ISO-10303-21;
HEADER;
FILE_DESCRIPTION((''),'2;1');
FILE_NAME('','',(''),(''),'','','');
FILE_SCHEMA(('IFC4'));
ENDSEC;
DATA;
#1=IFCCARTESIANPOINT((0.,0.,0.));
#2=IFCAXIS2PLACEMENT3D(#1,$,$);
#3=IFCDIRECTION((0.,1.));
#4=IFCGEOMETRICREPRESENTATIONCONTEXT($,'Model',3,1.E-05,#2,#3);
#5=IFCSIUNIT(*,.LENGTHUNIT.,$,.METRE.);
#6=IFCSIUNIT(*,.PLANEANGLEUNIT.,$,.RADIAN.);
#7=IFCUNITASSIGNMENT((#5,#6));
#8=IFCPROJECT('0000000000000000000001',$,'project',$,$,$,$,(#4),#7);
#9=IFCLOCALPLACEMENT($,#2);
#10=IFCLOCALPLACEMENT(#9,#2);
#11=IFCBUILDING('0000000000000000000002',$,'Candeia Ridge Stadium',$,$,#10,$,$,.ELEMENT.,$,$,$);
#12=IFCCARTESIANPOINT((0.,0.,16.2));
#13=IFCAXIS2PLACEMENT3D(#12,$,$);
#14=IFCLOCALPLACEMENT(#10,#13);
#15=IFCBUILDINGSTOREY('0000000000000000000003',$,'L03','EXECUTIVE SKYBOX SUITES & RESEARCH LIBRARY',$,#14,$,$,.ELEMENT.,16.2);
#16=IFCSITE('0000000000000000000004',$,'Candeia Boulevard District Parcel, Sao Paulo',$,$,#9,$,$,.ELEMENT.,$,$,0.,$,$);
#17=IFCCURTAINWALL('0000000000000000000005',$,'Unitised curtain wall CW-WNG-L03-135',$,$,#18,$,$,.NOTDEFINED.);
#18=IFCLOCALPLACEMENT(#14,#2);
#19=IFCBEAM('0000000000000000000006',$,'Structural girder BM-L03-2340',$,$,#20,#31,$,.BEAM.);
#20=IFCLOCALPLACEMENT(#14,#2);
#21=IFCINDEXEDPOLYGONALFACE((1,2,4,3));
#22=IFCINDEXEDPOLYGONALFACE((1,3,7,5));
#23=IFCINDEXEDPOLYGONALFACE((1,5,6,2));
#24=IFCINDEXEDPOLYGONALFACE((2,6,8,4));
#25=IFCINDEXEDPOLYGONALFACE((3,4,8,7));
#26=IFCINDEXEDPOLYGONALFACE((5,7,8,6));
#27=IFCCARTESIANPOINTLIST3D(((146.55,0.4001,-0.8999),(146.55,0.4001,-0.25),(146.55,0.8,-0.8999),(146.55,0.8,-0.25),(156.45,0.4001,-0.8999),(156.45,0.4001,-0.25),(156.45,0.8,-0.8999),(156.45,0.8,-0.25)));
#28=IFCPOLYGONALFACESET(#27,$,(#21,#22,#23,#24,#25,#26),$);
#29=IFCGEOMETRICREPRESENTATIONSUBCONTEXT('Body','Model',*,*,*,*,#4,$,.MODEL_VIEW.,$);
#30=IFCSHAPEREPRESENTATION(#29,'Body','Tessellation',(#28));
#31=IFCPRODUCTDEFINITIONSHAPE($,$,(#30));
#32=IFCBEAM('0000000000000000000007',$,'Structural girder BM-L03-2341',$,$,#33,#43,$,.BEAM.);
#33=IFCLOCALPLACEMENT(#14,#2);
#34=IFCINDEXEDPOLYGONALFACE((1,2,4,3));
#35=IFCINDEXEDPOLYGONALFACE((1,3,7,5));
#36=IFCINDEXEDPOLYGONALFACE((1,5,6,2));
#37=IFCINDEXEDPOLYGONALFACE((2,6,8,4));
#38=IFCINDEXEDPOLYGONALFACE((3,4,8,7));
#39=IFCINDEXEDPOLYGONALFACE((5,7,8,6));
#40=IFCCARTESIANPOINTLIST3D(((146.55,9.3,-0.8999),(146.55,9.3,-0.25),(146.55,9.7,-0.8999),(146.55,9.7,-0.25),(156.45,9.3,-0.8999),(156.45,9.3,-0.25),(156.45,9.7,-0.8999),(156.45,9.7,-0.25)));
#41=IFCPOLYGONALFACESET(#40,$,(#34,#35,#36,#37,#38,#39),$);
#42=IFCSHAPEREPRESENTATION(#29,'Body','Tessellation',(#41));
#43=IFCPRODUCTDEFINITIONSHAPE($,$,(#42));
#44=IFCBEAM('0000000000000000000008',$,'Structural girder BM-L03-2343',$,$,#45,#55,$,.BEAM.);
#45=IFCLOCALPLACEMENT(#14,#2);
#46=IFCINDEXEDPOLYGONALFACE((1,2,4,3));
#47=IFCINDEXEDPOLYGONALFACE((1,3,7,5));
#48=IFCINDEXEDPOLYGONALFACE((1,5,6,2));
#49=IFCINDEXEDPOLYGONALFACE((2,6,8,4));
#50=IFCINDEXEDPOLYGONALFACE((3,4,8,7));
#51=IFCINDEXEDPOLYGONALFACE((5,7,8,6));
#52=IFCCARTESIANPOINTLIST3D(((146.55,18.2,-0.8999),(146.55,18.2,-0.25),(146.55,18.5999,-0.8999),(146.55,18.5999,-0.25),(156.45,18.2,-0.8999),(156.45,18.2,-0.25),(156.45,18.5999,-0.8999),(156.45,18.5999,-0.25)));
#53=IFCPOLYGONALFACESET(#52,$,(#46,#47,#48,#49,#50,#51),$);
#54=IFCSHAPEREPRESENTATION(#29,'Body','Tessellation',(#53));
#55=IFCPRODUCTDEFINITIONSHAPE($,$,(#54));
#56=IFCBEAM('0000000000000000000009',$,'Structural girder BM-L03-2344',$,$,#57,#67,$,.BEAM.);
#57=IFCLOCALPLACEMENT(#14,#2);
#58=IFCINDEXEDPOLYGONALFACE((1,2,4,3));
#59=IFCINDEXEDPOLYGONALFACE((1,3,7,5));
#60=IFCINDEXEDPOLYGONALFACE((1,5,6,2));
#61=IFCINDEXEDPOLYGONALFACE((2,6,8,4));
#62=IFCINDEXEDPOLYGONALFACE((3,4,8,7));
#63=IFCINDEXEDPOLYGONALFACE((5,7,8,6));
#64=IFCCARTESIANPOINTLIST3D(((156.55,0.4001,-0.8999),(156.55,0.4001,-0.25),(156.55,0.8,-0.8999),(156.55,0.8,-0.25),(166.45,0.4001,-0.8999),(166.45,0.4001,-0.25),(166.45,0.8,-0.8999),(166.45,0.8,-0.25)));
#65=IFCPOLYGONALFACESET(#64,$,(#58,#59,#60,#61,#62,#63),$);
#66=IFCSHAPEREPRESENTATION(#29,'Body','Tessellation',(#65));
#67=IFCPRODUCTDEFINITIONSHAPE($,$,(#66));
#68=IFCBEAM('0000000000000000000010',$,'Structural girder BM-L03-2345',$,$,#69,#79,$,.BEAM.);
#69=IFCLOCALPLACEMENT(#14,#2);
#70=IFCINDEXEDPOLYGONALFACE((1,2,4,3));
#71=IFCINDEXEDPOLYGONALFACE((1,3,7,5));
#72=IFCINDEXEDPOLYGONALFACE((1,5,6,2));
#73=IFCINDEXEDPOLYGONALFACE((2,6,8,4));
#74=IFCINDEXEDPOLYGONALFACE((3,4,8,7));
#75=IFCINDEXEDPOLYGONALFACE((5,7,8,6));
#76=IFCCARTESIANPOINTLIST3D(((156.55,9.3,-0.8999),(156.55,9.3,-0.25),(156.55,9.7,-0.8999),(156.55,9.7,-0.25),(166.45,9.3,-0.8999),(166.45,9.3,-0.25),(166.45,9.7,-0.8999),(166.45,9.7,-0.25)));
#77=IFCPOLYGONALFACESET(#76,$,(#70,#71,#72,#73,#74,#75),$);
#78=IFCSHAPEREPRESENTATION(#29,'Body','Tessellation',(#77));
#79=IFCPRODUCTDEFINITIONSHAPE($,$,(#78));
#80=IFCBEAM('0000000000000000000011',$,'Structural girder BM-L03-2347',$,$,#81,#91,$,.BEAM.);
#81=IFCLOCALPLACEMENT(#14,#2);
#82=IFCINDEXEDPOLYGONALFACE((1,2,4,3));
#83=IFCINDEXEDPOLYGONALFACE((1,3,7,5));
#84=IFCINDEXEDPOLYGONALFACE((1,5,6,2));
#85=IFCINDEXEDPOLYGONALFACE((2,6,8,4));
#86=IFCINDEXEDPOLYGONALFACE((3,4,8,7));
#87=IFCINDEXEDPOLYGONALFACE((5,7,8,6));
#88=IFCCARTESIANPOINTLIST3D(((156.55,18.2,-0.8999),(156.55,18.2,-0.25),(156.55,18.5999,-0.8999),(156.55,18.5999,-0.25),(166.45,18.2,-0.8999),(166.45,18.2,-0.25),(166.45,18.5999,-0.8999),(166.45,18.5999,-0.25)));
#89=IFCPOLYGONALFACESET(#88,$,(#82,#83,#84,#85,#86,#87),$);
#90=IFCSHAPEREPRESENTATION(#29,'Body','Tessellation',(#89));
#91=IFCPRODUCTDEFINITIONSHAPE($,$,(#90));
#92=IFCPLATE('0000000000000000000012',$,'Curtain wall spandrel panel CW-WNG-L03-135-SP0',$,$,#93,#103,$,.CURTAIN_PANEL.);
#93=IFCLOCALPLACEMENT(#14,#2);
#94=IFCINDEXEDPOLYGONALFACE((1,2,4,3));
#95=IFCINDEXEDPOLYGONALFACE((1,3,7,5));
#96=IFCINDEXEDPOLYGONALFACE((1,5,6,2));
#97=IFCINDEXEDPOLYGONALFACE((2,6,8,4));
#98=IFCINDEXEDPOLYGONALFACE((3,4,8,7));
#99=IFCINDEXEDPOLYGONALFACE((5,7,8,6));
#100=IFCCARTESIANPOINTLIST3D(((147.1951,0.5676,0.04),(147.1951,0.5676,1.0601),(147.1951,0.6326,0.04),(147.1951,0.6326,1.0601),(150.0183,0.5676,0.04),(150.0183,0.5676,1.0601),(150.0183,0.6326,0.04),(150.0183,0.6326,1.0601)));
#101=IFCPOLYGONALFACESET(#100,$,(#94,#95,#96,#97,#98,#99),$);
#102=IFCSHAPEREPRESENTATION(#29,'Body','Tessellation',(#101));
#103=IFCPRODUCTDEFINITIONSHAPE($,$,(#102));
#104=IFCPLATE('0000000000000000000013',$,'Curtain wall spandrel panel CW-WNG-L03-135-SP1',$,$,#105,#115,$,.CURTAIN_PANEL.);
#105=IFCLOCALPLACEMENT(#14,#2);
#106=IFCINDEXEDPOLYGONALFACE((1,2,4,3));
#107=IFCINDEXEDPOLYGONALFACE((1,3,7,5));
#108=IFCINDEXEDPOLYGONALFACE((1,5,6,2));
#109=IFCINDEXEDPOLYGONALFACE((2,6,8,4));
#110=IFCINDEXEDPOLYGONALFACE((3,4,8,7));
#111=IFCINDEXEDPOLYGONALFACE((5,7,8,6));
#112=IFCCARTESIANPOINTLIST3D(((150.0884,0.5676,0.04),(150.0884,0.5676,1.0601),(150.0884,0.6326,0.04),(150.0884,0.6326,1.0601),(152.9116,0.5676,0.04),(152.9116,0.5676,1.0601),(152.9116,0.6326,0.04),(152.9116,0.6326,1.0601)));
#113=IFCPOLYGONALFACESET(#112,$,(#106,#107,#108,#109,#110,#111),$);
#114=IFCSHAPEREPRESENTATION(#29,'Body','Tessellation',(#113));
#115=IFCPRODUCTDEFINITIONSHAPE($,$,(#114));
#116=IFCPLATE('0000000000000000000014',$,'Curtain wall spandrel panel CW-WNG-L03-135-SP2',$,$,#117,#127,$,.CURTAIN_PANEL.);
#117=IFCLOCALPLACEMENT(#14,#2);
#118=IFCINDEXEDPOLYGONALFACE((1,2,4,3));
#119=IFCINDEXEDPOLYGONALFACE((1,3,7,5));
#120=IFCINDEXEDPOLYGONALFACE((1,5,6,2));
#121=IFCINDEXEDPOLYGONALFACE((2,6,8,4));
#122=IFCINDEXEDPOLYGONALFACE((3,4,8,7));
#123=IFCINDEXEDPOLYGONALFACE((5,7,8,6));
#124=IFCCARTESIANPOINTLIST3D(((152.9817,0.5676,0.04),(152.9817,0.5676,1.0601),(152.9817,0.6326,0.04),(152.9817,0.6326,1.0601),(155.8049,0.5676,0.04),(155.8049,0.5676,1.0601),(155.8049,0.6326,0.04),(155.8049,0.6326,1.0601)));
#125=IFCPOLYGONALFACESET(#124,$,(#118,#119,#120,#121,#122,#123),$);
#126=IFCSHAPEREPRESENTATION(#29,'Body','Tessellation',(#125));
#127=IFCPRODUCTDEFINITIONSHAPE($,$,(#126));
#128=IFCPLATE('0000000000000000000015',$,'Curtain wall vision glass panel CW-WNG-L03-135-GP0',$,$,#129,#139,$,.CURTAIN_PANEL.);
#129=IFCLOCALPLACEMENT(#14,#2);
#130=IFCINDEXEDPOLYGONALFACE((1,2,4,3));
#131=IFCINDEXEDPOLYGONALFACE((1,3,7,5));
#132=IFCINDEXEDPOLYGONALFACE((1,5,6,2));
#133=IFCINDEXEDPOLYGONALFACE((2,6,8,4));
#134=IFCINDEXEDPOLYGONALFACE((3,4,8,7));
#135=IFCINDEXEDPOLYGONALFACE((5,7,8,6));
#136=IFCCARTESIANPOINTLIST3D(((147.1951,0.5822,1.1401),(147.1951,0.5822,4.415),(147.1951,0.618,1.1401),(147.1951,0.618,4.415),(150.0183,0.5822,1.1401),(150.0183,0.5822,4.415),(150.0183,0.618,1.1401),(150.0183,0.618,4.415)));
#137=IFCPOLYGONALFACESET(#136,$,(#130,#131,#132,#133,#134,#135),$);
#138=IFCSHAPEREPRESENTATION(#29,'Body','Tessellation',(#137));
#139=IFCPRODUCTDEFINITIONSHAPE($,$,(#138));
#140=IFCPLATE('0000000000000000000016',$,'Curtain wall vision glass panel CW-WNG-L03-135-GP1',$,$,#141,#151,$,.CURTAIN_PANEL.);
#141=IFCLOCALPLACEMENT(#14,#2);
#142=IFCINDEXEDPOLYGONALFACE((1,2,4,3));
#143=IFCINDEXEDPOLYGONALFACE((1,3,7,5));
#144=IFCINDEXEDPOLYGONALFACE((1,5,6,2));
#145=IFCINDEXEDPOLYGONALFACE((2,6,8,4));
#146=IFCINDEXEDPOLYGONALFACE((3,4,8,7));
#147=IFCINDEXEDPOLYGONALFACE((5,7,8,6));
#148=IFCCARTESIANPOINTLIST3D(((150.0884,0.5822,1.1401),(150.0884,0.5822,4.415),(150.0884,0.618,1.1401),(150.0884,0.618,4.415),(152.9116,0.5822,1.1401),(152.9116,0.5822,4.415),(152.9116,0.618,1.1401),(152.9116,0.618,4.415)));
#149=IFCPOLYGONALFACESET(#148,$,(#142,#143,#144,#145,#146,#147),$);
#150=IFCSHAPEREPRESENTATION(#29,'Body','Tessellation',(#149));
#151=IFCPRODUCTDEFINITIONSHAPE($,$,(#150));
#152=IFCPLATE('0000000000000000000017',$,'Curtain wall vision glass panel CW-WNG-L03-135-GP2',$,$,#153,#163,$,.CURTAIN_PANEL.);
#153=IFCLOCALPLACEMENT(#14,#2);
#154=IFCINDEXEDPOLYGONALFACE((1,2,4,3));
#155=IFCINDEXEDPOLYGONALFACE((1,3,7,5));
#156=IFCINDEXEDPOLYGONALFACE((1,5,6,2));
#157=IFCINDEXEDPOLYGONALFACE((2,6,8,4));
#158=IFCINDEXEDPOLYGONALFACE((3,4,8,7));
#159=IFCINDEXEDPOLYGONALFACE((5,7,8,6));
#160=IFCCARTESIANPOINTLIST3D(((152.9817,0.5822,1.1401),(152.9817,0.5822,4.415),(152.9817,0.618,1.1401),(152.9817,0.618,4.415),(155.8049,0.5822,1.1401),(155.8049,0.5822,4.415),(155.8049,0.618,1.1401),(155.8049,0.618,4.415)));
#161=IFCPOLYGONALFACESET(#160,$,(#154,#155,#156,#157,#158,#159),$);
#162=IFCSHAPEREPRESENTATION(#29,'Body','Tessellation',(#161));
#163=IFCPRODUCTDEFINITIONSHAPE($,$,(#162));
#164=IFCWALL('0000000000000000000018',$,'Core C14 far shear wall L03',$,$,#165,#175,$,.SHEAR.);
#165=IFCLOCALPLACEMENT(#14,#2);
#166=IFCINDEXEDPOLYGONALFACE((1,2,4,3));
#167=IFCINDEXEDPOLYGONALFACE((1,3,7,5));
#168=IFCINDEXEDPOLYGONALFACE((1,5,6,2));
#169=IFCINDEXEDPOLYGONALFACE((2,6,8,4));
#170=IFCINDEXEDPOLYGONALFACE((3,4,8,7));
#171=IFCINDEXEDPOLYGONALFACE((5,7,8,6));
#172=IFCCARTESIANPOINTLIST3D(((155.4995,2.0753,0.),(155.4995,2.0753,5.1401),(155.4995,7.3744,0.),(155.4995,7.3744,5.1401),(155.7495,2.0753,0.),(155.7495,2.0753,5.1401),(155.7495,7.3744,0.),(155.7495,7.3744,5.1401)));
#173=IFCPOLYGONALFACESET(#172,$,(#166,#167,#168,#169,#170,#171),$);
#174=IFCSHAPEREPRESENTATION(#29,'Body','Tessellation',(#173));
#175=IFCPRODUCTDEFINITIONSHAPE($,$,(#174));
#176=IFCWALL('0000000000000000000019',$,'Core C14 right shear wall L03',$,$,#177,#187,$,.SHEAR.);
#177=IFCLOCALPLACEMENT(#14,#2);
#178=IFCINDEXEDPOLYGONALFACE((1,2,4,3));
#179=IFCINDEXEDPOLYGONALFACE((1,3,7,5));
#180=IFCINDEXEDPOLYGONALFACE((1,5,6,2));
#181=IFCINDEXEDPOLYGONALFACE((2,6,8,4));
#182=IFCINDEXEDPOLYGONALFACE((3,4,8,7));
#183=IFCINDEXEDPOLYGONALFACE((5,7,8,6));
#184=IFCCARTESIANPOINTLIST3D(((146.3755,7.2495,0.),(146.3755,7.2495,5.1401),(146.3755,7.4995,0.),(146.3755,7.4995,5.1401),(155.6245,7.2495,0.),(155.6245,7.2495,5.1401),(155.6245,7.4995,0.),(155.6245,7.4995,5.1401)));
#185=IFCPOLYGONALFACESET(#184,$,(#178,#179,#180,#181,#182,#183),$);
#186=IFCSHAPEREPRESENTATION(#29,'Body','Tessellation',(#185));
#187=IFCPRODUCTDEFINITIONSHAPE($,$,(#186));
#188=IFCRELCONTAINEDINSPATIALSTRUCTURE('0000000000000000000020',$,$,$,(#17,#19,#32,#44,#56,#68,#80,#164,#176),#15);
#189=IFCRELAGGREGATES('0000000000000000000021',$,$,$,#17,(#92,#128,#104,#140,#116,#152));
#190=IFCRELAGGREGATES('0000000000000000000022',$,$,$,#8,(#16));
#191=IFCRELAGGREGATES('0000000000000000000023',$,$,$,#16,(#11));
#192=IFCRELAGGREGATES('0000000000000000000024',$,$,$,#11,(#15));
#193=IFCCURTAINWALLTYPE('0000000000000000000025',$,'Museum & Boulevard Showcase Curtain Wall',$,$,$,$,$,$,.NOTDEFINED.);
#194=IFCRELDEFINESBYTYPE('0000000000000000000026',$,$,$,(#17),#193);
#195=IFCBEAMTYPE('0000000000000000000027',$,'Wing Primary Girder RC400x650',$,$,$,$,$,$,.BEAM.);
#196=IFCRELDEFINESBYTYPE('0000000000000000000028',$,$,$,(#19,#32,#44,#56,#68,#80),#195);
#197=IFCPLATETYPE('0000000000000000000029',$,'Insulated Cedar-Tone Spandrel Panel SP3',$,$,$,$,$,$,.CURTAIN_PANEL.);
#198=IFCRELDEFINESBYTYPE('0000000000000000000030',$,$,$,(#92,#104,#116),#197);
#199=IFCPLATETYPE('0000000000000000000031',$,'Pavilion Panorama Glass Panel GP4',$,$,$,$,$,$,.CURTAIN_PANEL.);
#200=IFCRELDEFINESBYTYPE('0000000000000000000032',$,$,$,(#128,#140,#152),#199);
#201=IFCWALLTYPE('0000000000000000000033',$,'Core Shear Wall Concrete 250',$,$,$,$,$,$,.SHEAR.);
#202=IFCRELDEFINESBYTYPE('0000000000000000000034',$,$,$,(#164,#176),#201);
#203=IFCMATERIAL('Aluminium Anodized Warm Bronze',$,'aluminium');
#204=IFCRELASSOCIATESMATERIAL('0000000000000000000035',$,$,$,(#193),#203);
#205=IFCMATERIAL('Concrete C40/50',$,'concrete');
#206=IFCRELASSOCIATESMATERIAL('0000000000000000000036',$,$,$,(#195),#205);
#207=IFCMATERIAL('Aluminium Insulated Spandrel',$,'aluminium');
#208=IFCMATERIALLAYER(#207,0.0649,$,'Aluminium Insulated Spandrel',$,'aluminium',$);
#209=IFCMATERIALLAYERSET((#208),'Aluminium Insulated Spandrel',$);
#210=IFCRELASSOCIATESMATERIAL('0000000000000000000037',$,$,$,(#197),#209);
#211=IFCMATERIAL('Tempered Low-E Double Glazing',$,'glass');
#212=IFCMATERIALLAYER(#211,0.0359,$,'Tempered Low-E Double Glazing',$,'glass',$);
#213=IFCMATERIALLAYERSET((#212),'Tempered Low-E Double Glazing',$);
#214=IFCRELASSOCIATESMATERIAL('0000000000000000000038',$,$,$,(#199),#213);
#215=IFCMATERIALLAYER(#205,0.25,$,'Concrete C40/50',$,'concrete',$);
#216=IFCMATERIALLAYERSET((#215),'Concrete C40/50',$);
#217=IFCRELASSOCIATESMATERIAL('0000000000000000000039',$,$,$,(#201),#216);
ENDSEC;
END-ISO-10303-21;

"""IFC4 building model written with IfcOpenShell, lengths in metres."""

from ifc_helpers import new_model, si_unit, direction, frame, frame_2d, origin, origin_2d, place, context, subcontext, project, spatial, rectangle, extrude, material, layer, layer_set, material_profile, profile_set, type_object, element, aggregate, save


model = new_model("IFC4")

# Units and contexts
model_context = context("Model", 3, precision=1e-05, world=origin(), true_north=direction((0.0, 1.0)))
body_context = subcontext(model_context, "Body", "Model", "MODEL_VIEW")
ifc_project = project(units=[si_unit("LENGTHUNIT", "METRE"), si_unit("PLANEANGLEUNIT", "RADIAN")], contexts=[model_context])

# Site, building, storey
site_placement = place(None, origin())
site = spatial("IfcSite", under=ifc_project, at=site_placement, Name="Candeia Boulevard District Parcel, Sao Paulo", CompositionType="ELEMENT", RefElevation=0.0)
building_placement = place(site_placement, origin())
building = spatial("IfcBuilding", under=site, at=building_placement, Name="Candeia Ridge Stadium", CompositionType="ELEMENT")
storey_placement = place(building_placement, frame((0.0, 0.0, 16.2)))
storey = spatial("IfcBuildingStorey", under=building, at=storey_placement, Name="L03", Description="EXECUTIVE SKYBOX SUITES & RESEARCH LIBRARY", CompositionType="ELEMENT", Elevation=16.2)

# Shared definitions
ifc_material_1 = material(Name="Concrete C40/50", Category="concrete")

# Curtain wall
ifc_material_2 = material(Name="Aluminium Anodized Warm Bronze", Category="aluminium")
curtain_wall_type = type_object("IfcCurtainWallType", Name="Museum & Boulevard Showcase Curtain Wall", PredefinedType="NOTDEFINED", material=ifc_material_2)
curtain_wall_placement = place(storey_placement, origin())
curtain_wall = element("IfcCurtainWall", 1, at=curtain_wall_placement, inside=storey, type_object=curtain_wall_type, Name="Unitised curtain wall CW-WNG-L03-135", PredefinedType="NOTDEFINED")

# Beams
ifc_material_profile_1 = material_profile(ifc_material_1, rectangle(XDim=0.3999, YDim=0.6499, at=origin_2d()), Name="RC400x650", Category="concrete")
ifc_profile_set_1 = profile_set([ifc_material_profile_1], Name="Concrete C40/50")
beam_type_1 = type_object("IfcBeamType", Name="Wing Primary Girder RC400x650", PredefinedType="BEAM", material=ifc_profile_set_1)
for number, where, z_axis, x_axis, name in (
    (2, (146.55, 0.6001, -0.575), (1.0, 0.0, 0.0), (0.0, 1.0, 0.0), "Structural girder BM-L03-2340"),
    (3, (146.55, 9.5, -0.575), (1.0, 0.0, 0.0), (0.0, 1.0, 0.0), "Structural girder BM-L03-2341"),
    (4, (146.55, 18.3999, -0.575), (1.0, 0.0, 0.0), (0.0, 1.0, 0.0), "Structural girder BM-L03-2343"),
    (5, (156.55, 0.6001, -0.575), (1.0, 0.0, 0.0), (0.0, 1.0, 0.0), "Structural girder BM-L03-2344"),
    (6, (156.55, 9.5, -0.575), (1.0, 0.0, 0.0), (0.0, 1.0, 0.0), "Structural girder BM-L03-2345"),
    (7, (156.55, 18.3999, -0.575), (1.0, 0.0, 0.0), (0.0, 1.0, 0.0), "Structural girder BM-L03-2347"),
):
    element("IfcBeam", number, at=place(storey_placement, frame(where, z_axis=z_axis, x_axis=x_axis)), inside=storey, type_object=beam_type_1, Name=name, PredefinedType="BEAM", context=body_context, shape_type="SweptSolid", body=[
        extrude(rectangle(XDim=0.3999, YDim=0.6499, at=origin_2d()), origin(), (0.0, 0.0, 1.0), 9.8999),
    ])

# Plates
ifc_material_3 = material(Name="Aluminium Insulated Spandrel", Category="aluminium")
ifc_layer_1 = layer(ifc_material_3, 0.0649, Name="Aluminium Insulated Spandrel", Category="aluminium")
ifc_layer_set_1 = layer_set([ifc_layer_1], Name="Aluminium Insulated Spandrel")
plate_type_1 = type_object("IfcPlateType", Name="Insulated Cedar-Tone Spandrel Panel SP3", PredefinedType="CURTAIN_PANEL", material=ifc_layer_set_1)
plate_1_placement = place(storey_placement, frame((148.6067, 0.6001, 0.04), z_axis=(0.0, 0.0, 1.0), x_axis=(1.0, 0.0, 0.0)))
plate_1 = element("IfcPlate", 8, at=plate_1_placement, type_object=plate_type_1, Name="Curtain wall spandrel panel CW-WNG-L03-135-SP0", PredefinedType="CURTAIN_PANEL", context=body_context, shape_type="SweptSolid", body=[
    extrude(rectangle(XDim=2.8232, YDim=0.0649, at=origin_2d()), origin(), (0.0, 0.0, 1.0), 1.02),
])
plate_2_placement = place(storey_placement, frame((151.5, 0.6001, 0.04), z_axis=(0.0, 0.0, 1.0), x_axis=(1.0, 0.0, 0.0)))
plate_2 = element("IfcPlate", 9, at=plate_2_placement, type_object=plate_type_1, Name="Curtain wall spandrel panel CW-WNG-L03-135-SP1", PredefinedType="CURTAIN_PANEL", context=body_context, shape_type="SweptSolid", body=[
    extrude(rectangle(XDim=2.8232, YDim=0.0649, at=origin_2d()), origin(), (0.0, 0.0, 1.0), 1.02),
])
plate_3_placement = place(storey_placement, frame((154.3933, 0.6001, 0.04), z_axis=(0.0, 0.0, 1.0), x_axis=(1.0, 0.0, 0.0)))
plate_3 = element("IfcPlate", 10, at=plate_3_placement, type_object=plate_type_1, Name="Curtain wall spandrel panel CW-WNG-L03-135-SP2", PredefinedType="CURTAIN_PANEL", context=body_context, shape_type="SweptSolid", body=[
    extrude(rectangle(XDim=2.8232, YDim=0.0649, at=origin_2d()), origin(), (0.0, 0.0, 1.0), 1.02),
])
ifc_material_4 = material(Name="Tempered Low-E Double Glazing", Category="glass")
ifc_layer_2 = layer(ifc_material_4, 0.0359, Name="Tempered Low-E Double Glazing", Category="glass")
ifc_layer_set_2 = layer_set([ifc_layer_2], Name="Tempered Low-E Double Glazing")
plate_type_2 = type_object("IfcPlateType", Name="Pavilion Panorama Glass Panel GP4", PredefinedType="CURTAIN_PANEL", material=ifc_layer_set_2)
plate_4_placement = place(storey_placement, frame((148.6067, 0.6001, 1.1401), z_axis=(0.0, 0.0, 1.0), x_axis=(1.0, 0.0, 0.0)))
plate_4 = element("IfcPlate", 11, at=plate_4_placement, type_object=plate_type_2, Name="Curtain wall vision glass panel CW-WNG-L03-135-GP0", PredefinedType="CURTAIN_PANEL", context=body_context, shape_type="SweptSolid", body=[
    extrude(rectangle(XDim=2.8232, YDim=0.0359, at=origin_2d()), origin(), (0.0, 0.0, 1.0), 3.2749),
])
plate_5_placement = place(storey_placement, frame((151.5, 0.6001, 1.1401), z_axis=(0.0, 0.0, 1.0), x_axis=(1.0, 0.0, 0.0)))
plate_5 = element("IfcPlate", 12, at=plate_5_placement, type_object=plate_type_2, Name="Curtain wall vision glass panel CW-WNG-L03-135-GP1", PredefinedType="CURTAIN_PANEL", context=body_context, shape_type="SweptSolid", body=[
    extrude(rectangle(XDim=2.8232, YDim=0.0359, at=origin_2d()), origin(), (0.0, 0.0, 1.0), 3.2749),
])
plate_6_placement = place(storey_placement, frame((154.3933, 0.6001, 1.1401), z_axis=(0.0, 0.0, 1.0), x_axis=(1.0, 0.0, 0.0)))
plate_6 = element("IfcPlate", 13, at=plate_6_placement, type_object=plate_type_2, Name="Curtain wall vision glass panel CW-WNG-L03-135-GP2", PredefinedType="CURTAIN_PANEL", context=body_context, shape_type="SweptSolid", body=[
    extrude(rectangle(XDim=2.8232, YDim=0.0359, at=origin_2d()), origin(), (0.0, 0.0, 1.0), 3.2749),
])
aggregate(curtain_wall, [plate_1, plate_4, plate_2, plate_5, plate_3, plate_6])

# Walls
ifc_layer_3 = layer(ifc_material_1, 0.25, Name="Concrete C40/50", Category="concrete")
ifc_layer_set_3 = layer_set([ifc_layer_3], Name="Concrete C40/50")
wall_type_1 = type_object("IfcWallType", Name="Core Shear Wall Concrete 250", PredefinedType="SHEAR", material=ifc_layer_set_3)
wall_1_placement = place(storey_placement, frame((155.6245, 2.0754, 0.0), z_axis=(0.0, 0.0, 1.0), x_axis=(0.0, 1.0, 0.0)))
element("IfcWall", 14, at=wall_1_placement, inside=storey, type_object=wall_type_1, Name="Core C14 far shear wall L03", PredefinedType="SHEAR", context=body_context, shape_type="SweptSolid", body=[
    extrude(rectangle(XDim=5.2991, YDim=0.25, at=frame_2d((2.6494, 0.0))), origin(), (0.0, 0.0, 1.0), 5.1401),
])
wall_2_placement = place(storey_placement, frame((155.6245, 7.3745, 0.0), z_axis=(0.0, 0.0, 1.0), x_axis=(-1.0, 0.0, 0.0)))
element("IfcWall", 15, at=wall_2_placement, inside=storey, type_object=wall_type_1, Name="Core C14 right shear wall L03", PredefinedType="SHEAR", context=body_context, shape_type="SweptSolid", body=[
    extrude(rectangle(XDim=9.249, YDim=0.25, at=frame_2d((4.6245, 0.0))), origin(), (0.0, 0.0, 1.0), 5.1401),
])

save(model, "model.ifc")
